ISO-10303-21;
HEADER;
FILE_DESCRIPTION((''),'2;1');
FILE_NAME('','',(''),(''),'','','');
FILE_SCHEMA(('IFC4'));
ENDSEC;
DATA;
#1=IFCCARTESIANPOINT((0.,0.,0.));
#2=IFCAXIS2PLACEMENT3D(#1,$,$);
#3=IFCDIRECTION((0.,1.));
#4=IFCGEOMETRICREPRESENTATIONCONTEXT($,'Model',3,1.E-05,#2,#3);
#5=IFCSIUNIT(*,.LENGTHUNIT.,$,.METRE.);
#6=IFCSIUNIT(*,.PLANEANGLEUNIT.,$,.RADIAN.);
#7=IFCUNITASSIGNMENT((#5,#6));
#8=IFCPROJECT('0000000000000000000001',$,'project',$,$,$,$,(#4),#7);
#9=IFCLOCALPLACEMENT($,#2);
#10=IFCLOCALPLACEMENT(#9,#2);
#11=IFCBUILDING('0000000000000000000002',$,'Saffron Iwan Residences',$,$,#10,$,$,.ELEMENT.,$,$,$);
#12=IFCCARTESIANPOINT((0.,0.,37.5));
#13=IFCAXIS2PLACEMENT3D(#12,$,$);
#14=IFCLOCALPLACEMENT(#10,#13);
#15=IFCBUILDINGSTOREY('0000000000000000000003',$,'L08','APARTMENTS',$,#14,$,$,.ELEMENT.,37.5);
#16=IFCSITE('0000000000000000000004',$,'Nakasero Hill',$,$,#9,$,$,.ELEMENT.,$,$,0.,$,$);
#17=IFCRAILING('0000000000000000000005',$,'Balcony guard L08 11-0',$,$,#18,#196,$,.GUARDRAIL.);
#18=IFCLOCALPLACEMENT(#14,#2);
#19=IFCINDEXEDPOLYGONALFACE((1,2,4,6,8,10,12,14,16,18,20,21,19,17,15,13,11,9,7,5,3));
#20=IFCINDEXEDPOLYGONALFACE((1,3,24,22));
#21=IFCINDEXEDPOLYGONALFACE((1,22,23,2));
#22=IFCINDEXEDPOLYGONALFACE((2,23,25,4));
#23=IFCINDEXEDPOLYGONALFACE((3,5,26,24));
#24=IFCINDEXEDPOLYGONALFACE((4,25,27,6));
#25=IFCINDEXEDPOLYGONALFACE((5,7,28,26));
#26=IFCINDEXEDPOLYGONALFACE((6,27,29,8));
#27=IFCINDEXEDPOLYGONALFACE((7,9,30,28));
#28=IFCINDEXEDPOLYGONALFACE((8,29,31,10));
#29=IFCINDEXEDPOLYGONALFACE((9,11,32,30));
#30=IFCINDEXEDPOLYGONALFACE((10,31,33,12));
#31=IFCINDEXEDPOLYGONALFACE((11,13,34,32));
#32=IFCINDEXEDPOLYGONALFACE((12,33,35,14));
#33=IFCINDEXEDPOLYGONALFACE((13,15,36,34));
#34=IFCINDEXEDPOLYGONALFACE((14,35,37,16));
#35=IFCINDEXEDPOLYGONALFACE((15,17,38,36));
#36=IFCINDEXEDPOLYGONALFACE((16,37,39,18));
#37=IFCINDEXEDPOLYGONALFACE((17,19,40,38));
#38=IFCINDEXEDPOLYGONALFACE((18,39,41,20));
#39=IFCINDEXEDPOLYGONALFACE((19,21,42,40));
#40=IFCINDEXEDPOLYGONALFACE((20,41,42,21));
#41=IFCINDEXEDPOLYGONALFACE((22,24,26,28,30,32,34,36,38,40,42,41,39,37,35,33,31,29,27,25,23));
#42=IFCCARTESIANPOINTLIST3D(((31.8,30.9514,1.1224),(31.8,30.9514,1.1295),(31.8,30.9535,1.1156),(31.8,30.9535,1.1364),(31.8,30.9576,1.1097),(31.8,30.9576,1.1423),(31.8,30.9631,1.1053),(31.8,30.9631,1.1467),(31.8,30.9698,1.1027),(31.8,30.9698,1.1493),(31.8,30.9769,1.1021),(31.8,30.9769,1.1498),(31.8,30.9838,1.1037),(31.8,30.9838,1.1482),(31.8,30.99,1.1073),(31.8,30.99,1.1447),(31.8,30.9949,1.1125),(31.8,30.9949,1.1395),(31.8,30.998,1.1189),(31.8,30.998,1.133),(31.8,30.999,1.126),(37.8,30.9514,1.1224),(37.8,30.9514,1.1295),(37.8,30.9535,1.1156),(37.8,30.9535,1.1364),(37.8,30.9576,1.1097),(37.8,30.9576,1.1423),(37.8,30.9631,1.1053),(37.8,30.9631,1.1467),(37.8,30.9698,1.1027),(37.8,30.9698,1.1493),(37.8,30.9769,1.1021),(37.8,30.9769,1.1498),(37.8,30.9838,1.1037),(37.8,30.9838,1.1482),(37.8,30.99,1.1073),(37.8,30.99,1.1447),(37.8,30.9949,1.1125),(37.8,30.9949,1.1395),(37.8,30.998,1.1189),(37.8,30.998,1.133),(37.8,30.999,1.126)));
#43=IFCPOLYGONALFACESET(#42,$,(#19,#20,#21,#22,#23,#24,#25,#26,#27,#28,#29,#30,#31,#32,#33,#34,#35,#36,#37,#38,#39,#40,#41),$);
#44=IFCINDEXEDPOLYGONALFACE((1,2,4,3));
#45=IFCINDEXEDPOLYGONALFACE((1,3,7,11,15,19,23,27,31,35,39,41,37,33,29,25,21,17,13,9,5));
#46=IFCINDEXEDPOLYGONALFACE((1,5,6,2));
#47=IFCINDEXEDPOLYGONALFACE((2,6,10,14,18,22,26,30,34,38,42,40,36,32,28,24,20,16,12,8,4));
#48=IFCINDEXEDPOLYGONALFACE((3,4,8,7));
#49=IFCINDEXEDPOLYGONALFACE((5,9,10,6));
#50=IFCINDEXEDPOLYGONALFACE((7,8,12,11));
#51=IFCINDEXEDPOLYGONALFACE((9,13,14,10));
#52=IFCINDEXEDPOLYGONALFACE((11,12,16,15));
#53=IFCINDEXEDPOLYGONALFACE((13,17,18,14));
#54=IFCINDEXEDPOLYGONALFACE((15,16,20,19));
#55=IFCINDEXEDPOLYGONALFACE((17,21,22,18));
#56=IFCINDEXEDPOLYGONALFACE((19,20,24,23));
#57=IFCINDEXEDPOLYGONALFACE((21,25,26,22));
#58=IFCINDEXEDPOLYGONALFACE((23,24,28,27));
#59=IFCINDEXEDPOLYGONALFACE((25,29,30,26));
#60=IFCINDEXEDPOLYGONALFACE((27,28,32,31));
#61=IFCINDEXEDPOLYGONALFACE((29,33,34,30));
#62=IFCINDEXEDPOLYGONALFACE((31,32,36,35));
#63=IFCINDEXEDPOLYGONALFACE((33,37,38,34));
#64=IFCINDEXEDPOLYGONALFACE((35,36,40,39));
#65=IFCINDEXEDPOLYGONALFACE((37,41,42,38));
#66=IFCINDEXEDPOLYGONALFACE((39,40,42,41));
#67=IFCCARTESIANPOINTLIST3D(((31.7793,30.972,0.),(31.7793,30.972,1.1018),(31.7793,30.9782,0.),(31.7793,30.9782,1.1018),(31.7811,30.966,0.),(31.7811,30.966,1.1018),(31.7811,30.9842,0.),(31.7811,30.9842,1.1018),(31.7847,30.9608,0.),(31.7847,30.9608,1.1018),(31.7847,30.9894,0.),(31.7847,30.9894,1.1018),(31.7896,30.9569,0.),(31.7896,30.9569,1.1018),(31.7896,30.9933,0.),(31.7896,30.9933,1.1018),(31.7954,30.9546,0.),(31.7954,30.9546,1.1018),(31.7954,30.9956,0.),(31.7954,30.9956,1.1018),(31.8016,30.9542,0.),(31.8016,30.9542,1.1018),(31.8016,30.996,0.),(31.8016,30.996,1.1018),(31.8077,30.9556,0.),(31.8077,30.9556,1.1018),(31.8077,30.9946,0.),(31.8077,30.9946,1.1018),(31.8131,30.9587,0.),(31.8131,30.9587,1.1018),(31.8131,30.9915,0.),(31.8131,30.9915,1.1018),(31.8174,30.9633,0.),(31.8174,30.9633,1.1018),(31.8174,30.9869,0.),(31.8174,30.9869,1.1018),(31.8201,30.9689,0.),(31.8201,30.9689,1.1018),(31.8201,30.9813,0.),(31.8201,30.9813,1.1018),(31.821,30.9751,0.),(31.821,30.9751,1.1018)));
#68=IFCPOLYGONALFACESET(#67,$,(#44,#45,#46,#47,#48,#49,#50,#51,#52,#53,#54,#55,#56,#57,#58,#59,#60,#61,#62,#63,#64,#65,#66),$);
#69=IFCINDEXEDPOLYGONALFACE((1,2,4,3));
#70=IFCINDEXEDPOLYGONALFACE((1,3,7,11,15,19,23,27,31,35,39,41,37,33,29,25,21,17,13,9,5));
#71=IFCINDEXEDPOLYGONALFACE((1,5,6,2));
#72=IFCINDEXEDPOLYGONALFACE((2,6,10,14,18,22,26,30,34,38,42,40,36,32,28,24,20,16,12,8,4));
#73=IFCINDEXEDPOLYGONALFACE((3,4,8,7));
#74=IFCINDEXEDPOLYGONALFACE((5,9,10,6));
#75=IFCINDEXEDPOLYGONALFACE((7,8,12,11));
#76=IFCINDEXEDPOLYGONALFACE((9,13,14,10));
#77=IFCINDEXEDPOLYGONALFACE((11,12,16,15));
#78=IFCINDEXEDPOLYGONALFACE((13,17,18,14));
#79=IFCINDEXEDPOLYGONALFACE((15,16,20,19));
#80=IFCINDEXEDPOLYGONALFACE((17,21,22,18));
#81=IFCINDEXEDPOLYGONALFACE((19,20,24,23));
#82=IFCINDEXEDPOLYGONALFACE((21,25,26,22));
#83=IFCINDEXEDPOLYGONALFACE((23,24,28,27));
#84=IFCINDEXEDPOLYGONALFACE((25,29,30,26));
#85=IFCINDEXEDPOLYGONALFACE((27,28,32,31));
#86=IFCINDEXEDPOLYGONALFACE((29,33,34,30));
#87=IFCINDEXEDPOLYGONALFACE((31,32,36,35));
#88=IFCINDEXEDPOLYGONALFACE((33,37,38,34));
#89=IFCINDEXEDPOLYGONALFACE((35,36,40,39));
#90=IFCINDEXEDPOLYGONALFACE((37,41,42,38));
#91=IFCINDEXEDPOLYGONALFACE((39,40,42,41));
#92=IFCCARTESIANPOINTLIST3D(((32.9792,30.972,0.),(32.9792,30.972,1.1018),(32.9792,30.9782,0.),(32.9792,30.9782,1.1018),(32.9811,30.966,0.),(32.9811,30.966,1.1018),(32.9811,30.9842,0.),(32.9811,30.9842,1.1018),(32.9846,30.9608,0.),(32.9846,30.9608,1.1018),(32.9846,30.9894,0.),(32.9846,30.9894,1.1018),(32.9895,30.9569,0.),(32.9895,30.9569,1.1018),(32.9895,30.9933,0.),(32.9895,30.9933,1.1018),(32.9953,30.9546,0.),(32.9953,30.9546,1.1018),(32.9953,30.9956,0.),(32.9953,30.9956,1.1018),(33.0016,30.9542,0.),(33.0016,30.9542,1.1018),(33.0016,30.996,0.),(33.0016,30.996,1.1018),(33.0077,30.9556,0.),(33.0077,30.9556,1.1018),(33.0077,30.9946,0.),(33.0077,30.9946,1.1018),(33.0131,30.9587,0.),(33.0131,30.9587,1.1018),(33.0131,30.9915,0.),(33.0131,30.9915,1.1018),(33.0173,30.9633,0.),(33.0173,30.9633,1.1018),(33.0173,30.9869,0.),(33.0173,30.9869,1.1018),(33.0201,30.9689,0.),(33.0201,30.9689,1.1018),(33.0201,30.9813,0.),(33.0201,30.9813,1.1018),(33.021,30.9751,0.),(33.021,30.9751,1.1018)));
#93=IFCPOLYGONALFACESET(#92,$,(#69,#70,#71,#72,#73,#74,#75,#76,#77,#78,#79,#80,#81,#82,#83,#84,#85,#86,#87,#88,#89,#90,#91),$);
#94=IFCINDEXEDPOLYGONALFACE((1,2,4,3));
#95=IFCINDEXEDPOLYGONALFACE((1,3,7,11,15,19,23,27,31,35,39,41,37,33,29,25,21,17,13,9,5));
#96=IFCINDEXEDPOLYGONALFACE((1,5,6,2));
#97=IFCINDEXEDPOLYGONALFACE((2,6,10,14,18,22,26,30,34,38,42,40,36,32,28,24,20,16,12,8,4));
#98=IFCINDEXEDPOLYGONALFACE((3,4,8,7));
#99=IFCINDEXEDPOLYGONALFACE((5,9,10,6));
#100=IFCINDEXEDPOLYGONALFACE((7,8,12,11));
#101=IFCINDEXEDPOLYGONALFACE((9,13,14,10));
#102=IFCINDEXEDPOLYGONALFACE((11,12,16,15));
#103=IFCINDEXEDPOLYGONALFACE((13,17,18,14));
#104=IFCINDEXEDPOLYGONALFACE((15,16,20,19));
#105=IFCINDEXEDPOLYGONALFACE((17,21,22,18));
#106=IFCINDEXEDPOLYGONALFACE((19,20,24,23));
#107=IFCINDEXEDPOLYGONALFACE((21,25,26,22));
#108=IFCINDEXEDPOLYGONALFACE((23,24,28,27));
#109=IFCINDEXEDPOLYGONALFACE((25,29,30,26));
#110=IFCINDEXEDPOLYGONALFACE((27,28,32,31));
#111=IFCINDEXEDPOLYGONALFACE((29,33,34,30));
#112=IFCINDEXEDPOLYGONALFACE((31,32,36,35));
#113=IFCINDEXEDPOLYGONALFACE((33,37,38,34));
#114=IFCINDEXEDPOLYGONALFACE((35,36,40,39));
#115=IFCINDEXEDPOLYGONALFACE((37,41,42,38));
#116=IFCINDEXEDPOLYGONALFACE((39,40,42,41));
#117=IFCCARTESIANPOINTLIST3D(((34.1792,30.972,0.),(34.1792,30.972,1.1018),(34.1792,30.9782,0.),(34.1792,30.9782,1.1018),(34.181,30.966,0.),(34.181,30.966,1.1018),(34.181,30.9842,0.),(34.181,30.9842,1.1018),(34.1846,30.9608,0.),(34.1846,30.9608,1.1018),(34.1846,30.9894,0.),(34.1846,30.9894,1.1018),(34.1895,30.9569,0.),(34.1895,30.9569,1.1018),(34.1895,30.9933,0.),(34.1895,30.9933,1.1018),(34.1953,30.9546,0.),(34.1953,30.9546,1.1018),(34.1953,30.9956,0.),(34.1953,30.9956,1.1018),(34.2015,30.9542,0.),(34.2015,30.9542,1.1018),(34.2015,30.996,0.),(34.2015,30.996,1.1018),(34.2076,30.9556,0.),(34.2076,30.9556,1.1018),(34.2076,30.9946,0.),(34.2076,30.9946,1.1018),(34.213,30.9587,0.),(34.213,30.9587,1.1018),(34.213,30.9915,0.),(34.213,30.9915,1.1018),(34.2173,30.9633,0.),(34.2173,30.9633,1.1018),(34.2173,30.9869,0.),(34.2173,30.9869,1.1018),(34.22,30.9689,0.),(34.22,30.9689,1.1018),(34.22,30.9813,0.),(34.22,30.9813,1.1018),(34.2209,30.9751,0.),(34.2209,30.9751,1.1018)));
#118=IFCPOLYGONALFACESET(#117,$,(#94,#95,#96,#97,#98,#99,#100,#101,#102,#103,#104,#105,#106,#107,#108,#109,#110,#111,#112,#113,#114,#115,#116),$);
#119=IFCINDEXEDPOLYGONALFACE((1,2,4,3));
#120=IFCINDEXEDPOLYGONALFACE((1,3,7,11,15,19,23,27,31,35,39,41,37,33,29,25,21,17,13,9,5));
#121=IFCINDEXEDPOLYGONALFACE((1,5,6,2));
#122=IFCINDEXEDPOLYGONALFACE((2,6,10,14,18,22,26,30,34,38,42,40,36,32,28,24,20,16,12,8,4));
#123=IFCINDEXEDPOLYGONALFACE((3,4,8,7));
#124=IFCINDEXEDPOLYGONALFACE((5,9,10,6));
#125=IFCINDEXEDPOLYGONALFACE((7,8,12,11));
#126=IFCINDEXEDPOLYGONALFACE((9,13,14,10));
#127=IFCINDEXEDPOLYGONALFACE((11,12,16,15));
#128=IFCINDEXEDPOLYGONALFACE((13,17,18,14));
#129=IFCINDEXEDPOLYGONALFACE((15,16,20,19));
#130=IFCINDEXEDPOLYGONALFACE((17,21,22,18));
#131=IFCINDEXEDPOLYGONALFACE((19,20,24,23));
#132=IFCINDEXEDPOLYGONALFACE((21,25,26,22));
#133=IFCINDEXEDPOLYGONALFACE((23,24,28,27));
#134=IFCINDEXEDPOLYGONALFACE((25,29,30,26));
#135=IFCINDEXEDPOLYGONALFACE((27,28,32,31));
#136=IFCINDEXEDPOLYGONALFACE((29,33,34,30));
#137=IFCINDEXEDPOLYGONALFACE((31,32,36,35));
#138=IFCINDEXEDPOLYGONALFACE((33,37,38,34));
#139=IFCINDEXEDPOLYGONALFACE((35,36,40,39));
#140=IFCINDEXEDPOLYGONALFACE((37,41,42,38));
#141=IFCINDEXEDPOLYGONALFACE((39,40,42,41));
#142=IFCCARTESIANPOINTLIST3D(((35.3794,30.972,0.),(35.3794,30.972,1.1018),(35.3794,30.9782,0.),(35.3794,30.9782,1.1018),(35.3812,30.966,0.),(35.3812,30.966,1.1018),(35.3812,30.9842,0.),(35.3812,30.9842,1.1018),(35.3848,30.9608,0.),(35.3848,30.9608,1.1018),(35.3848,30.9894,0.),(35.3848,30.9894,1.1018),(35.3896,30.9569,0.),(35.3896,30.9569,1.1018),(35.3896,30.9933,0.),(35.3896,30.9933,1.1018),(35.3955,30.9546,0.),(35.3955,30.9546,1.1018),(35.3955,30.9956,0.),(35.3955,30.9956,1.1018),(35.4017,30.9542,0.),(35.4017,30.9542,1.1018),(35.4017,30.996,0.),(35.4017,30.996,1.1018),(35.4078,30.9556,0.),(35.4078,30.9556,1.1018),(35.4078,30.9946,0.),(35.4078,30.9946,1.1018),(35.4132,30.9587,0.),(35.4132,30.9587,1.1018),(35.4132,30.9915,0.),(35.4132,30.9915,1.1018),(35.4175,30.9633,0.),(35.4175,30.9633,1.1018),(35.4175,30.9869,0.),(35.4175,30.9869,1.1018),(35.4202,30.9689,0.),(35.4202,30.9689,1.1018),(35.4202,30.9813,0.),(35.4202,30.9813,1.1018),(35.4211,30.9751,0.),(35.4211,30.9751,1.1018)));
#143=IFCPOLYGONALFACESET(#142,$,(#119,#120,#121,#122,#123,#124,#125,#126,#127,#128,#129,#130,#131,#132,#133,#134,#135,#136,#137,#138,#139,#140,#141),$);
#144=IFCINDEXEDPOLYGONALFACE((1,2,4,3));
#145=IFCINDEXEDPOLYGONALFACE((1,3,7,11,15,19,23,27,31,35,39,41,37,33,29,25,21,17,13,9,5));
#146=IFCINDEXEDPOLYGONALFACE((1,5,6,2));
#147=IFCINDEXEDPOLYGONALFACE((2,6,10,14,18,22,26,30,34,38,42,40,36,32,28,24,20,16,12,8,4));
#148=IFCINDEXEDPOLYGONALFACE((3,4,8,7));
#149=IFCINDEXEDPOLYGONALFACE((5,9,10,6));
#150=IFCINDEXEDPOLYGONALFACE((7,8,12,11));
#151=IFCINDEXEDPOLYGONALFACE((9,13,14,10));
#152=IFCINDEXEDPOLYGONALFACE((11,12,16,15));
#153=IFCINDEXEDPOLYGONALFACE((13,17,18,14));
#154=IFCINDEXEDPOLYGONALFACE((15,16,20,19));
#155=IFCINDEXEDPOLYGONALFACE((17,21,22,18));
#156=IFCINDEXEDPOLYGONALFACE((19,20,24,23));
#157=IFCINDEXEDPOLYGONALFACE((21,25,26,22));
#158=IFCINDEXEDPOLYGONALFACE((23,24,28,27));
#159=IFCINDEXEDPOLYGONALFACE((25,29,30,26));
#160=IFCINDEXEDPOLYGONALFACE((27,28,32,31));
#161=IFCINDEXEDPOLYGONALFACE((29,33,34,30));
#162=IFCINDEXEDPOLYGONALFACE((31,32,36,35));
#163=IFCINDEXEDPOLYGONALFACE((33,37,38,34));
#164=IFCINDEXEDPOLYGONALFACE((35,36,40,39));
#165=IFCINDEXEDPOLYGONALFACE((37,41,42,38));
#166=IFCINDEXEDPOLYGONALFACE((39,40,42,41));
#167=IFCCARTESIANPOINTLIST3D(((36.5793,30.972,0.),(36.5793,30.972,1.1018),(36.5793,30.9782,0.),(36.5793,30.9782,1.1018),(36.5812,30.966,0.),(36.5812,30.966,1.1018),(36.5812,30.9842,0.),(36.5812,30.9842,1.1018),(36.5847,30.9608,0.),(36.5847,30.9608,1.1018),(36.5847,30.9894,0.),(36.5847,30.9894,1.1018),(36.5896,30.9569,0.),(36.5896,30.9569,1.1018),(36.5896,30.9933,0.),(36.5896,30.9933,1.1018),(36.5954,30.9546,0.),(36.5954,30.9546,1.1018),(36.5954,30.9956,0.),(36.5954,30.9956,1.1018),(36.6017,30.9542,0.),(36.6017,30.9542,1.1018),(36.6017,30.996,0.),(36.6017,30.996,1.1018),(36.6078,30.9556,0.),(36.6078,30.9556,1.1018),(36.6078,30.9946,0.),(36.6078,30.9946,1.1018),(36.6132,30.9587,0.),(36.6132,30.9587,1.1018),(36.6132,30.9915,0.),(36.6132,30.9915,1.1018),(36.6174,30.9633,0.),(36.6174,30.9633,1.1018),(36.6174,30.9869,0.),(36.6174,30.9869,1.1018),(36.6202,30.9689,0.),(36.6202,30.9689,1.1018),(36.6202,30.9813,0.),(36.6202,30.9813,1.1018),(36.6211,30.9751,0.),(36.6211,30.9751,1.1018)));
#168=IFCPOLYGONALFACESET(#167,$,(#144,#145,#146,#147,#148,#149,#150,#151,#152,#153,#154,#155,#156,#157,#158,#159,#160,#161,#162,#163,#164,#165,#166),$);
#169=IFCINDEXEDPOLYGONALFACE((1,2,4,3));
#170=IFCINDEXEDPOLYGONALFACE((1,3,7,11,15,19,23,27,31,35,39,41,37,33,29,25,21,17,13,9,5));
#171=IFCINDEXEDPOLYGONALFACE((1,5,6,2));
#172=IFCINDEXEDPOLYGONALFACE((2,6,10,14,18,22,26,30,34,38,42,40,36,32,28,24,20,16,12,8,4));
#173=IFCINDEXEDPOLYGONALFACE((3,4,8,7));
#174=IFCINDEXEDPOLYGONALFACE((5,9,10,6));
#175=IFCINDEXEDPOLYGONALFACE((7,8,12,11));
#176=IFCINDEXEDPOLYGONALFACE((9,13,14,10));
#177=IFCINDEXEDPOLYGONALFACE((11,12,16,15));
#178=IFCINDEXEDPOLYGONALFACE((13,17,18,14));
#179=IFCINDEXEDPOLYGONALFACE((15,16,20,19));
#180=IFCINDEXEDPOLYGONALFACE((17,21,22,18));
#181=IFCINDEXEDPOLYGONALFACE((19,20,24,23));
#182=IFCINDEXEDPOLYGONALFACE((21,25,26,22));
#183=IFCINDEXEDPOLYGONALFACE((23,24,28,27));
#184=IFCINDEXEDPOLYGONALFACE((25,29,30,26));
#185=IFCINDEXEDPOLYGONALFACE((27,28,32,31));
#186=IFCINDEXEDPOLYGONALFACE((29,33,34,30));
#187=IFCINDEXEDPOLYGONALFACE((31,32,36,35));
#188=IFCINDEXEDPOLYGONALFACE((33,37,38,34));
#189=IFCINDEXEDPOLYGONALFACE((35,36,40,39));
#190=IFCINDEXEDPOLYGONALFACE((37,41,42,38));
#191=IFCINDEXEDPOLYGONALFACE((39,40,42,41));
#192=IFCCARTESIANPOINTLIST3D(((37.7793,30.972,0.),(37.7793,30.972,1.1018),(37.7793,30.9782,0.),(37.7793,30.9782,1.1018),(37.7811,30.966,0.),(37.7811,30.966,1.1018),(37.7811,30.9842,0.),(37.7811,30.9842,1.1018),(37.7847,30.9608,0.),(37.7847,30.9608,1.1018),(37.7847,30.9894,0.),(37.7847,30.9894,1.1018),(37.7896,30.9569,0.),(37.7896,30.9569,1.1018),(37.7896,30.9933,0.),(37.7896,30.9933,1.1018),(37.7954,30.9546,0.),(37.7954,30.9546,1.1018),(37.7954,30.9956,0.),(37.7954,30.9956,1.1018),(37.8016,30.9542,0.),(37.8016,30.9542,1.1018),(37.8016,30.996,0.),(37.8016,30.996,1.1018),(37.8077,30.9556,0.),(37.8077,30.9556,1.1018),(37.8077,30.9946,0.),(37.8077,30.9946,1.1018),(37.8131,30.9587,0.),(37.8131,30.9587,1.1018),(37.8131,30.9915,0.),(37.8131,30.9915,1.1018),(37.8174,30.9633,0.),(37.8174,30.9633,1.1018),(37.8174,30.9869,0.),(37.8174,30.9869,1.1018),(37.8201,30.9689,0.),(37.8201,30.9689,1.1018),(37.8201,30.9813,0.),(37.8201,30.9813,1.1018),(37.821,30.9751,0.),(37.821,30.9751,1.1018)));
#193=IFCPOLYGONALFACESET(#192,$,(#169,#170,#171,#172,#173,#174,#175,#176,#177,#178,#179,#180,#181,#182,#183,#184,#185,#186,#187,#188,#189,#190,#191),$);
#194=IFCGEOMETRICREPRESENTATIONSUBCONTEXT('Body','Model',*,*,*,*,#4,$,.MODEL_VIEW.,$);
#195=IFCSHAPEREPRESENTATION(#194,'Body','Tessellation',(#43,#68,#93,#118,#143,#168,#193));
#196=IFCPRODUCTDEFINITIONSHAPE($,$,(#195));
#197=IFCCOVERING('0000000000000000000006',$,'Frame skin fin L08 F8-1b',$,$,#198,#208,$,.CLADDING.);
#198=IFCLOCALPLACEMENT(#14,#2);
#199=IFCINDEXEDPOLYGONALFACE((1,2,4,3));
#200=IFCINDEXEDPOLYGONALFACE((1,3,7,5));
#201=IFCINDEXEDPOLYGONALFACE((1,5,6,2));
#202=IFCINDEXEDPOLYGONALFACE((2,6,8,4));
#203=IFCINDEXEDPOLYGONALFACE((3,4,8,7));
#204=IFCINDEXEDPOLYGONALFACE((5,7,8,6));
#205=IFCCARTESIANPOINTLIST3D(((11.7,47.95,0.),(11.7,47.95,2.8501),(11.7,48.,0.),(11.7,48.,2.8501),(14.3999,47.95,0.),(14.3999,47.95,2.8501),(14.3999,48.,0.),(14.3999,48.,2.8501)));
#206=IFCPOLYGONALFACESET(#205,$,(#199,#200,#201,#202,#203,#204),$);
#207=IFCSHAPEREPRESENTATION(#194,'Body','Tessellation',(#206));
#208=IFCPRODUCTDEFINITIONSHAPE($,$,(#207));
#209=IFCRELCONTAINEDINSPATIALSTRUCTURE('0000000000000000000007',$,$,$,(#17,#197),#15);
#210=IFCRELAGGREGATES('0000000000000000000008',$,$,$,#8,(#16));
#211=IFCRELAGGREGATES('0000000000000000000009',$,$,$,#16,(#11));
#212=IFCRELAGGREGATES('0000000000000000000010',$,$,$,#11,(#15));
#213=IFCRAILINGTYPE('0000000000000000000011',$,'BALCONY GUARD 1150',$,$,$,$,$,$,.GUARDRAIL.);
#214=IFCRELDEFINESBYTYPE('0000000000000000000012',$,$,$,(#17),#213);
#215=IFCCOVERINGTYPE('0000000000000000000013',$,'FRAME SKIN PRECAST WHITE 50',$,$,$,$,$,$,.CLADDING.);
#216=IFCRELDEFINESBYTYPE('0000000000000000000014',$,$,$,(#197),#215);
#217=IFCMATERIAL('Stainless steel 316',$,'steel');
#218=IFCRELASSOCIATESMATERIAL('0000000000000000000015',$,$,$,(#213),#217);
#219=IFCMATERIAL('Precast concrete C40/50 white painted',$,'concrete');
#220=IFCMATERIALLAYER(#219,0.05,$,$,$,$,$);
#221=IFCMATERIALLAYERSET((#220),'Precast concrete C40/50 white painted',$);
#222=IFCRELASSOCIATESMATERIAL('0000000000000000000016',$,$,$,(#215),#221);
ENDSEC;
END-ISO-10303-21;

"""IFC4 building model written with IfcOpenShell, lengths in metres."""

from ifc_helpers import new_model, si_unit, direction, frame, origin, origin_2d, place, context, subcontext, project, spatial, polyline, circle, outline, extrude, material, layer, layer_set, type_object, element, save


model = new_model("IFC4")

# Units and contexts
model_context = context("Model", 3, precision=1e-05, world=origin(), true_north=direction((0.0, 1.0)))
body_context = subcontext(model_context, "Body", "Model", "MODEL_VIEW")
ifc_project = project(units=[si_unit("LENGTHUNIT", "METRE"), si_unit("PLANEANGLEUNIT", "RADIAN")], contexts=[model_context])

# Site, building, storey
site_placement = place(None, origin())
site = spatial("IfcSite", under=ifc_project, at=site_placement, Name="Nakasero Hill", CompositionType="ELEMENT", RefElevation=0.0)
building_placement = place(site_placement, origin())
building = spatial("IfcBuilding", under=site, at=building_placement, Name="Saffron Iwan Residences", CompositionType="ELEMENT")
storey_placement = place(building_placement, frame((0.0, 0.0, 37.5)))
storey = spatial("IfcBuildingStorey", under=building, at=storey_placement, Name="L08", Description="APARTMENTS", CompositionType="ELEMENT", Elevation=37.5)

# Railing
ifc_material_1 = material(Name="Stainless steel 316", Category="steel")
railing_type = type_object("IfcRailingType", Name="BALCONY GUARD 1150", PredefinedType="GUARDRAIL", material=ifc_material_1)
railing_placement = place(storey_placement, frame((31.8, 30.9751, 0.0)))
element("IfcRailing", 1, at=railing_placement, inside=storey, type_object=railing_type, Name="Balcony guard L08 11-0", PredefinedType="GUARDRAIL", context=body_context, shape_type="SweptSolid", body=[
    extrude(circle(Radius=0.0239, at=origin_2d()), frame((0.0, 0.0, 1.126), z_axis=(1.0, 0.0, 0.0), x_axis=(0.0, 1.0, 0.0)), (0.0, 0.0, 1.0), 6.0),
    extrude(circle(Radius=0.021, at=origin_2d()), origin(), (0.0, 0.0, 1.0), 1.1018),
    extrude(circle(Radius=0.021, at=origin_2d()), frame((1.2, 0.0, 0.0)), (0.0, 0.0, 1.0), 1.1018),
    extrude(circle(Radius=0.021, at=origin_2d()), frame((2.3999, 0.0, 0.0)), (0.0, 0.0, 1.0), 1.1018),
    extrude(circle(Radius=0.021, at=origin_2d()), frame((3.6001, 0.0, 0.0)), (0.0, 0.0, 1.0), 1.1018),
    extrude(circle(Radius=0.021, at=origin_2d()), frame((4.8, 0.0, 0.0)), (0.0, 0.0, 1.0), 1.1018),
    extrude(circle(Radius=0.021, at=origin_2d()), frame((6.0, 0.0, 0.0)), (0.0, 0.0, 1.0), 1.1018),
])

# Covering
ifc_material_2 = material(Name="Precast concrete C40/50 white painted", Category="concrete")
ifc_layer_1 = layer(ifc_material_2, 0.05)
ifc_layer_set_1 = layer_set([ifc_layer_1], Name="Precast concrete C40/50 white painted")
covering_type = type_object("IfcCoveringType", Name="FRAME SKIN PRECAST WHITE 50", PredefinedType="CLADDING", material=ifc_layer_set_1)
covering_1_placement = place(storey_placement, origin())
element("IfcCovering", 2, at=covering_1_placement, inside=storey, type_object=covering_type, Name="Frame skin fin L08 F8-1b", PredefinedType="CLADDING", context=body_context, shape_type="SweptSolid", body=[
    extrude(outline(polyline([(11.7, 48.0), (11.7, 47.95), (14.3999, 47.95), (14.3999, 48.0), (11.7, 48.0)])), origin(), (0.0, 0.0, 1.0), 2.8501),
])

save(model, "model.ifc")
